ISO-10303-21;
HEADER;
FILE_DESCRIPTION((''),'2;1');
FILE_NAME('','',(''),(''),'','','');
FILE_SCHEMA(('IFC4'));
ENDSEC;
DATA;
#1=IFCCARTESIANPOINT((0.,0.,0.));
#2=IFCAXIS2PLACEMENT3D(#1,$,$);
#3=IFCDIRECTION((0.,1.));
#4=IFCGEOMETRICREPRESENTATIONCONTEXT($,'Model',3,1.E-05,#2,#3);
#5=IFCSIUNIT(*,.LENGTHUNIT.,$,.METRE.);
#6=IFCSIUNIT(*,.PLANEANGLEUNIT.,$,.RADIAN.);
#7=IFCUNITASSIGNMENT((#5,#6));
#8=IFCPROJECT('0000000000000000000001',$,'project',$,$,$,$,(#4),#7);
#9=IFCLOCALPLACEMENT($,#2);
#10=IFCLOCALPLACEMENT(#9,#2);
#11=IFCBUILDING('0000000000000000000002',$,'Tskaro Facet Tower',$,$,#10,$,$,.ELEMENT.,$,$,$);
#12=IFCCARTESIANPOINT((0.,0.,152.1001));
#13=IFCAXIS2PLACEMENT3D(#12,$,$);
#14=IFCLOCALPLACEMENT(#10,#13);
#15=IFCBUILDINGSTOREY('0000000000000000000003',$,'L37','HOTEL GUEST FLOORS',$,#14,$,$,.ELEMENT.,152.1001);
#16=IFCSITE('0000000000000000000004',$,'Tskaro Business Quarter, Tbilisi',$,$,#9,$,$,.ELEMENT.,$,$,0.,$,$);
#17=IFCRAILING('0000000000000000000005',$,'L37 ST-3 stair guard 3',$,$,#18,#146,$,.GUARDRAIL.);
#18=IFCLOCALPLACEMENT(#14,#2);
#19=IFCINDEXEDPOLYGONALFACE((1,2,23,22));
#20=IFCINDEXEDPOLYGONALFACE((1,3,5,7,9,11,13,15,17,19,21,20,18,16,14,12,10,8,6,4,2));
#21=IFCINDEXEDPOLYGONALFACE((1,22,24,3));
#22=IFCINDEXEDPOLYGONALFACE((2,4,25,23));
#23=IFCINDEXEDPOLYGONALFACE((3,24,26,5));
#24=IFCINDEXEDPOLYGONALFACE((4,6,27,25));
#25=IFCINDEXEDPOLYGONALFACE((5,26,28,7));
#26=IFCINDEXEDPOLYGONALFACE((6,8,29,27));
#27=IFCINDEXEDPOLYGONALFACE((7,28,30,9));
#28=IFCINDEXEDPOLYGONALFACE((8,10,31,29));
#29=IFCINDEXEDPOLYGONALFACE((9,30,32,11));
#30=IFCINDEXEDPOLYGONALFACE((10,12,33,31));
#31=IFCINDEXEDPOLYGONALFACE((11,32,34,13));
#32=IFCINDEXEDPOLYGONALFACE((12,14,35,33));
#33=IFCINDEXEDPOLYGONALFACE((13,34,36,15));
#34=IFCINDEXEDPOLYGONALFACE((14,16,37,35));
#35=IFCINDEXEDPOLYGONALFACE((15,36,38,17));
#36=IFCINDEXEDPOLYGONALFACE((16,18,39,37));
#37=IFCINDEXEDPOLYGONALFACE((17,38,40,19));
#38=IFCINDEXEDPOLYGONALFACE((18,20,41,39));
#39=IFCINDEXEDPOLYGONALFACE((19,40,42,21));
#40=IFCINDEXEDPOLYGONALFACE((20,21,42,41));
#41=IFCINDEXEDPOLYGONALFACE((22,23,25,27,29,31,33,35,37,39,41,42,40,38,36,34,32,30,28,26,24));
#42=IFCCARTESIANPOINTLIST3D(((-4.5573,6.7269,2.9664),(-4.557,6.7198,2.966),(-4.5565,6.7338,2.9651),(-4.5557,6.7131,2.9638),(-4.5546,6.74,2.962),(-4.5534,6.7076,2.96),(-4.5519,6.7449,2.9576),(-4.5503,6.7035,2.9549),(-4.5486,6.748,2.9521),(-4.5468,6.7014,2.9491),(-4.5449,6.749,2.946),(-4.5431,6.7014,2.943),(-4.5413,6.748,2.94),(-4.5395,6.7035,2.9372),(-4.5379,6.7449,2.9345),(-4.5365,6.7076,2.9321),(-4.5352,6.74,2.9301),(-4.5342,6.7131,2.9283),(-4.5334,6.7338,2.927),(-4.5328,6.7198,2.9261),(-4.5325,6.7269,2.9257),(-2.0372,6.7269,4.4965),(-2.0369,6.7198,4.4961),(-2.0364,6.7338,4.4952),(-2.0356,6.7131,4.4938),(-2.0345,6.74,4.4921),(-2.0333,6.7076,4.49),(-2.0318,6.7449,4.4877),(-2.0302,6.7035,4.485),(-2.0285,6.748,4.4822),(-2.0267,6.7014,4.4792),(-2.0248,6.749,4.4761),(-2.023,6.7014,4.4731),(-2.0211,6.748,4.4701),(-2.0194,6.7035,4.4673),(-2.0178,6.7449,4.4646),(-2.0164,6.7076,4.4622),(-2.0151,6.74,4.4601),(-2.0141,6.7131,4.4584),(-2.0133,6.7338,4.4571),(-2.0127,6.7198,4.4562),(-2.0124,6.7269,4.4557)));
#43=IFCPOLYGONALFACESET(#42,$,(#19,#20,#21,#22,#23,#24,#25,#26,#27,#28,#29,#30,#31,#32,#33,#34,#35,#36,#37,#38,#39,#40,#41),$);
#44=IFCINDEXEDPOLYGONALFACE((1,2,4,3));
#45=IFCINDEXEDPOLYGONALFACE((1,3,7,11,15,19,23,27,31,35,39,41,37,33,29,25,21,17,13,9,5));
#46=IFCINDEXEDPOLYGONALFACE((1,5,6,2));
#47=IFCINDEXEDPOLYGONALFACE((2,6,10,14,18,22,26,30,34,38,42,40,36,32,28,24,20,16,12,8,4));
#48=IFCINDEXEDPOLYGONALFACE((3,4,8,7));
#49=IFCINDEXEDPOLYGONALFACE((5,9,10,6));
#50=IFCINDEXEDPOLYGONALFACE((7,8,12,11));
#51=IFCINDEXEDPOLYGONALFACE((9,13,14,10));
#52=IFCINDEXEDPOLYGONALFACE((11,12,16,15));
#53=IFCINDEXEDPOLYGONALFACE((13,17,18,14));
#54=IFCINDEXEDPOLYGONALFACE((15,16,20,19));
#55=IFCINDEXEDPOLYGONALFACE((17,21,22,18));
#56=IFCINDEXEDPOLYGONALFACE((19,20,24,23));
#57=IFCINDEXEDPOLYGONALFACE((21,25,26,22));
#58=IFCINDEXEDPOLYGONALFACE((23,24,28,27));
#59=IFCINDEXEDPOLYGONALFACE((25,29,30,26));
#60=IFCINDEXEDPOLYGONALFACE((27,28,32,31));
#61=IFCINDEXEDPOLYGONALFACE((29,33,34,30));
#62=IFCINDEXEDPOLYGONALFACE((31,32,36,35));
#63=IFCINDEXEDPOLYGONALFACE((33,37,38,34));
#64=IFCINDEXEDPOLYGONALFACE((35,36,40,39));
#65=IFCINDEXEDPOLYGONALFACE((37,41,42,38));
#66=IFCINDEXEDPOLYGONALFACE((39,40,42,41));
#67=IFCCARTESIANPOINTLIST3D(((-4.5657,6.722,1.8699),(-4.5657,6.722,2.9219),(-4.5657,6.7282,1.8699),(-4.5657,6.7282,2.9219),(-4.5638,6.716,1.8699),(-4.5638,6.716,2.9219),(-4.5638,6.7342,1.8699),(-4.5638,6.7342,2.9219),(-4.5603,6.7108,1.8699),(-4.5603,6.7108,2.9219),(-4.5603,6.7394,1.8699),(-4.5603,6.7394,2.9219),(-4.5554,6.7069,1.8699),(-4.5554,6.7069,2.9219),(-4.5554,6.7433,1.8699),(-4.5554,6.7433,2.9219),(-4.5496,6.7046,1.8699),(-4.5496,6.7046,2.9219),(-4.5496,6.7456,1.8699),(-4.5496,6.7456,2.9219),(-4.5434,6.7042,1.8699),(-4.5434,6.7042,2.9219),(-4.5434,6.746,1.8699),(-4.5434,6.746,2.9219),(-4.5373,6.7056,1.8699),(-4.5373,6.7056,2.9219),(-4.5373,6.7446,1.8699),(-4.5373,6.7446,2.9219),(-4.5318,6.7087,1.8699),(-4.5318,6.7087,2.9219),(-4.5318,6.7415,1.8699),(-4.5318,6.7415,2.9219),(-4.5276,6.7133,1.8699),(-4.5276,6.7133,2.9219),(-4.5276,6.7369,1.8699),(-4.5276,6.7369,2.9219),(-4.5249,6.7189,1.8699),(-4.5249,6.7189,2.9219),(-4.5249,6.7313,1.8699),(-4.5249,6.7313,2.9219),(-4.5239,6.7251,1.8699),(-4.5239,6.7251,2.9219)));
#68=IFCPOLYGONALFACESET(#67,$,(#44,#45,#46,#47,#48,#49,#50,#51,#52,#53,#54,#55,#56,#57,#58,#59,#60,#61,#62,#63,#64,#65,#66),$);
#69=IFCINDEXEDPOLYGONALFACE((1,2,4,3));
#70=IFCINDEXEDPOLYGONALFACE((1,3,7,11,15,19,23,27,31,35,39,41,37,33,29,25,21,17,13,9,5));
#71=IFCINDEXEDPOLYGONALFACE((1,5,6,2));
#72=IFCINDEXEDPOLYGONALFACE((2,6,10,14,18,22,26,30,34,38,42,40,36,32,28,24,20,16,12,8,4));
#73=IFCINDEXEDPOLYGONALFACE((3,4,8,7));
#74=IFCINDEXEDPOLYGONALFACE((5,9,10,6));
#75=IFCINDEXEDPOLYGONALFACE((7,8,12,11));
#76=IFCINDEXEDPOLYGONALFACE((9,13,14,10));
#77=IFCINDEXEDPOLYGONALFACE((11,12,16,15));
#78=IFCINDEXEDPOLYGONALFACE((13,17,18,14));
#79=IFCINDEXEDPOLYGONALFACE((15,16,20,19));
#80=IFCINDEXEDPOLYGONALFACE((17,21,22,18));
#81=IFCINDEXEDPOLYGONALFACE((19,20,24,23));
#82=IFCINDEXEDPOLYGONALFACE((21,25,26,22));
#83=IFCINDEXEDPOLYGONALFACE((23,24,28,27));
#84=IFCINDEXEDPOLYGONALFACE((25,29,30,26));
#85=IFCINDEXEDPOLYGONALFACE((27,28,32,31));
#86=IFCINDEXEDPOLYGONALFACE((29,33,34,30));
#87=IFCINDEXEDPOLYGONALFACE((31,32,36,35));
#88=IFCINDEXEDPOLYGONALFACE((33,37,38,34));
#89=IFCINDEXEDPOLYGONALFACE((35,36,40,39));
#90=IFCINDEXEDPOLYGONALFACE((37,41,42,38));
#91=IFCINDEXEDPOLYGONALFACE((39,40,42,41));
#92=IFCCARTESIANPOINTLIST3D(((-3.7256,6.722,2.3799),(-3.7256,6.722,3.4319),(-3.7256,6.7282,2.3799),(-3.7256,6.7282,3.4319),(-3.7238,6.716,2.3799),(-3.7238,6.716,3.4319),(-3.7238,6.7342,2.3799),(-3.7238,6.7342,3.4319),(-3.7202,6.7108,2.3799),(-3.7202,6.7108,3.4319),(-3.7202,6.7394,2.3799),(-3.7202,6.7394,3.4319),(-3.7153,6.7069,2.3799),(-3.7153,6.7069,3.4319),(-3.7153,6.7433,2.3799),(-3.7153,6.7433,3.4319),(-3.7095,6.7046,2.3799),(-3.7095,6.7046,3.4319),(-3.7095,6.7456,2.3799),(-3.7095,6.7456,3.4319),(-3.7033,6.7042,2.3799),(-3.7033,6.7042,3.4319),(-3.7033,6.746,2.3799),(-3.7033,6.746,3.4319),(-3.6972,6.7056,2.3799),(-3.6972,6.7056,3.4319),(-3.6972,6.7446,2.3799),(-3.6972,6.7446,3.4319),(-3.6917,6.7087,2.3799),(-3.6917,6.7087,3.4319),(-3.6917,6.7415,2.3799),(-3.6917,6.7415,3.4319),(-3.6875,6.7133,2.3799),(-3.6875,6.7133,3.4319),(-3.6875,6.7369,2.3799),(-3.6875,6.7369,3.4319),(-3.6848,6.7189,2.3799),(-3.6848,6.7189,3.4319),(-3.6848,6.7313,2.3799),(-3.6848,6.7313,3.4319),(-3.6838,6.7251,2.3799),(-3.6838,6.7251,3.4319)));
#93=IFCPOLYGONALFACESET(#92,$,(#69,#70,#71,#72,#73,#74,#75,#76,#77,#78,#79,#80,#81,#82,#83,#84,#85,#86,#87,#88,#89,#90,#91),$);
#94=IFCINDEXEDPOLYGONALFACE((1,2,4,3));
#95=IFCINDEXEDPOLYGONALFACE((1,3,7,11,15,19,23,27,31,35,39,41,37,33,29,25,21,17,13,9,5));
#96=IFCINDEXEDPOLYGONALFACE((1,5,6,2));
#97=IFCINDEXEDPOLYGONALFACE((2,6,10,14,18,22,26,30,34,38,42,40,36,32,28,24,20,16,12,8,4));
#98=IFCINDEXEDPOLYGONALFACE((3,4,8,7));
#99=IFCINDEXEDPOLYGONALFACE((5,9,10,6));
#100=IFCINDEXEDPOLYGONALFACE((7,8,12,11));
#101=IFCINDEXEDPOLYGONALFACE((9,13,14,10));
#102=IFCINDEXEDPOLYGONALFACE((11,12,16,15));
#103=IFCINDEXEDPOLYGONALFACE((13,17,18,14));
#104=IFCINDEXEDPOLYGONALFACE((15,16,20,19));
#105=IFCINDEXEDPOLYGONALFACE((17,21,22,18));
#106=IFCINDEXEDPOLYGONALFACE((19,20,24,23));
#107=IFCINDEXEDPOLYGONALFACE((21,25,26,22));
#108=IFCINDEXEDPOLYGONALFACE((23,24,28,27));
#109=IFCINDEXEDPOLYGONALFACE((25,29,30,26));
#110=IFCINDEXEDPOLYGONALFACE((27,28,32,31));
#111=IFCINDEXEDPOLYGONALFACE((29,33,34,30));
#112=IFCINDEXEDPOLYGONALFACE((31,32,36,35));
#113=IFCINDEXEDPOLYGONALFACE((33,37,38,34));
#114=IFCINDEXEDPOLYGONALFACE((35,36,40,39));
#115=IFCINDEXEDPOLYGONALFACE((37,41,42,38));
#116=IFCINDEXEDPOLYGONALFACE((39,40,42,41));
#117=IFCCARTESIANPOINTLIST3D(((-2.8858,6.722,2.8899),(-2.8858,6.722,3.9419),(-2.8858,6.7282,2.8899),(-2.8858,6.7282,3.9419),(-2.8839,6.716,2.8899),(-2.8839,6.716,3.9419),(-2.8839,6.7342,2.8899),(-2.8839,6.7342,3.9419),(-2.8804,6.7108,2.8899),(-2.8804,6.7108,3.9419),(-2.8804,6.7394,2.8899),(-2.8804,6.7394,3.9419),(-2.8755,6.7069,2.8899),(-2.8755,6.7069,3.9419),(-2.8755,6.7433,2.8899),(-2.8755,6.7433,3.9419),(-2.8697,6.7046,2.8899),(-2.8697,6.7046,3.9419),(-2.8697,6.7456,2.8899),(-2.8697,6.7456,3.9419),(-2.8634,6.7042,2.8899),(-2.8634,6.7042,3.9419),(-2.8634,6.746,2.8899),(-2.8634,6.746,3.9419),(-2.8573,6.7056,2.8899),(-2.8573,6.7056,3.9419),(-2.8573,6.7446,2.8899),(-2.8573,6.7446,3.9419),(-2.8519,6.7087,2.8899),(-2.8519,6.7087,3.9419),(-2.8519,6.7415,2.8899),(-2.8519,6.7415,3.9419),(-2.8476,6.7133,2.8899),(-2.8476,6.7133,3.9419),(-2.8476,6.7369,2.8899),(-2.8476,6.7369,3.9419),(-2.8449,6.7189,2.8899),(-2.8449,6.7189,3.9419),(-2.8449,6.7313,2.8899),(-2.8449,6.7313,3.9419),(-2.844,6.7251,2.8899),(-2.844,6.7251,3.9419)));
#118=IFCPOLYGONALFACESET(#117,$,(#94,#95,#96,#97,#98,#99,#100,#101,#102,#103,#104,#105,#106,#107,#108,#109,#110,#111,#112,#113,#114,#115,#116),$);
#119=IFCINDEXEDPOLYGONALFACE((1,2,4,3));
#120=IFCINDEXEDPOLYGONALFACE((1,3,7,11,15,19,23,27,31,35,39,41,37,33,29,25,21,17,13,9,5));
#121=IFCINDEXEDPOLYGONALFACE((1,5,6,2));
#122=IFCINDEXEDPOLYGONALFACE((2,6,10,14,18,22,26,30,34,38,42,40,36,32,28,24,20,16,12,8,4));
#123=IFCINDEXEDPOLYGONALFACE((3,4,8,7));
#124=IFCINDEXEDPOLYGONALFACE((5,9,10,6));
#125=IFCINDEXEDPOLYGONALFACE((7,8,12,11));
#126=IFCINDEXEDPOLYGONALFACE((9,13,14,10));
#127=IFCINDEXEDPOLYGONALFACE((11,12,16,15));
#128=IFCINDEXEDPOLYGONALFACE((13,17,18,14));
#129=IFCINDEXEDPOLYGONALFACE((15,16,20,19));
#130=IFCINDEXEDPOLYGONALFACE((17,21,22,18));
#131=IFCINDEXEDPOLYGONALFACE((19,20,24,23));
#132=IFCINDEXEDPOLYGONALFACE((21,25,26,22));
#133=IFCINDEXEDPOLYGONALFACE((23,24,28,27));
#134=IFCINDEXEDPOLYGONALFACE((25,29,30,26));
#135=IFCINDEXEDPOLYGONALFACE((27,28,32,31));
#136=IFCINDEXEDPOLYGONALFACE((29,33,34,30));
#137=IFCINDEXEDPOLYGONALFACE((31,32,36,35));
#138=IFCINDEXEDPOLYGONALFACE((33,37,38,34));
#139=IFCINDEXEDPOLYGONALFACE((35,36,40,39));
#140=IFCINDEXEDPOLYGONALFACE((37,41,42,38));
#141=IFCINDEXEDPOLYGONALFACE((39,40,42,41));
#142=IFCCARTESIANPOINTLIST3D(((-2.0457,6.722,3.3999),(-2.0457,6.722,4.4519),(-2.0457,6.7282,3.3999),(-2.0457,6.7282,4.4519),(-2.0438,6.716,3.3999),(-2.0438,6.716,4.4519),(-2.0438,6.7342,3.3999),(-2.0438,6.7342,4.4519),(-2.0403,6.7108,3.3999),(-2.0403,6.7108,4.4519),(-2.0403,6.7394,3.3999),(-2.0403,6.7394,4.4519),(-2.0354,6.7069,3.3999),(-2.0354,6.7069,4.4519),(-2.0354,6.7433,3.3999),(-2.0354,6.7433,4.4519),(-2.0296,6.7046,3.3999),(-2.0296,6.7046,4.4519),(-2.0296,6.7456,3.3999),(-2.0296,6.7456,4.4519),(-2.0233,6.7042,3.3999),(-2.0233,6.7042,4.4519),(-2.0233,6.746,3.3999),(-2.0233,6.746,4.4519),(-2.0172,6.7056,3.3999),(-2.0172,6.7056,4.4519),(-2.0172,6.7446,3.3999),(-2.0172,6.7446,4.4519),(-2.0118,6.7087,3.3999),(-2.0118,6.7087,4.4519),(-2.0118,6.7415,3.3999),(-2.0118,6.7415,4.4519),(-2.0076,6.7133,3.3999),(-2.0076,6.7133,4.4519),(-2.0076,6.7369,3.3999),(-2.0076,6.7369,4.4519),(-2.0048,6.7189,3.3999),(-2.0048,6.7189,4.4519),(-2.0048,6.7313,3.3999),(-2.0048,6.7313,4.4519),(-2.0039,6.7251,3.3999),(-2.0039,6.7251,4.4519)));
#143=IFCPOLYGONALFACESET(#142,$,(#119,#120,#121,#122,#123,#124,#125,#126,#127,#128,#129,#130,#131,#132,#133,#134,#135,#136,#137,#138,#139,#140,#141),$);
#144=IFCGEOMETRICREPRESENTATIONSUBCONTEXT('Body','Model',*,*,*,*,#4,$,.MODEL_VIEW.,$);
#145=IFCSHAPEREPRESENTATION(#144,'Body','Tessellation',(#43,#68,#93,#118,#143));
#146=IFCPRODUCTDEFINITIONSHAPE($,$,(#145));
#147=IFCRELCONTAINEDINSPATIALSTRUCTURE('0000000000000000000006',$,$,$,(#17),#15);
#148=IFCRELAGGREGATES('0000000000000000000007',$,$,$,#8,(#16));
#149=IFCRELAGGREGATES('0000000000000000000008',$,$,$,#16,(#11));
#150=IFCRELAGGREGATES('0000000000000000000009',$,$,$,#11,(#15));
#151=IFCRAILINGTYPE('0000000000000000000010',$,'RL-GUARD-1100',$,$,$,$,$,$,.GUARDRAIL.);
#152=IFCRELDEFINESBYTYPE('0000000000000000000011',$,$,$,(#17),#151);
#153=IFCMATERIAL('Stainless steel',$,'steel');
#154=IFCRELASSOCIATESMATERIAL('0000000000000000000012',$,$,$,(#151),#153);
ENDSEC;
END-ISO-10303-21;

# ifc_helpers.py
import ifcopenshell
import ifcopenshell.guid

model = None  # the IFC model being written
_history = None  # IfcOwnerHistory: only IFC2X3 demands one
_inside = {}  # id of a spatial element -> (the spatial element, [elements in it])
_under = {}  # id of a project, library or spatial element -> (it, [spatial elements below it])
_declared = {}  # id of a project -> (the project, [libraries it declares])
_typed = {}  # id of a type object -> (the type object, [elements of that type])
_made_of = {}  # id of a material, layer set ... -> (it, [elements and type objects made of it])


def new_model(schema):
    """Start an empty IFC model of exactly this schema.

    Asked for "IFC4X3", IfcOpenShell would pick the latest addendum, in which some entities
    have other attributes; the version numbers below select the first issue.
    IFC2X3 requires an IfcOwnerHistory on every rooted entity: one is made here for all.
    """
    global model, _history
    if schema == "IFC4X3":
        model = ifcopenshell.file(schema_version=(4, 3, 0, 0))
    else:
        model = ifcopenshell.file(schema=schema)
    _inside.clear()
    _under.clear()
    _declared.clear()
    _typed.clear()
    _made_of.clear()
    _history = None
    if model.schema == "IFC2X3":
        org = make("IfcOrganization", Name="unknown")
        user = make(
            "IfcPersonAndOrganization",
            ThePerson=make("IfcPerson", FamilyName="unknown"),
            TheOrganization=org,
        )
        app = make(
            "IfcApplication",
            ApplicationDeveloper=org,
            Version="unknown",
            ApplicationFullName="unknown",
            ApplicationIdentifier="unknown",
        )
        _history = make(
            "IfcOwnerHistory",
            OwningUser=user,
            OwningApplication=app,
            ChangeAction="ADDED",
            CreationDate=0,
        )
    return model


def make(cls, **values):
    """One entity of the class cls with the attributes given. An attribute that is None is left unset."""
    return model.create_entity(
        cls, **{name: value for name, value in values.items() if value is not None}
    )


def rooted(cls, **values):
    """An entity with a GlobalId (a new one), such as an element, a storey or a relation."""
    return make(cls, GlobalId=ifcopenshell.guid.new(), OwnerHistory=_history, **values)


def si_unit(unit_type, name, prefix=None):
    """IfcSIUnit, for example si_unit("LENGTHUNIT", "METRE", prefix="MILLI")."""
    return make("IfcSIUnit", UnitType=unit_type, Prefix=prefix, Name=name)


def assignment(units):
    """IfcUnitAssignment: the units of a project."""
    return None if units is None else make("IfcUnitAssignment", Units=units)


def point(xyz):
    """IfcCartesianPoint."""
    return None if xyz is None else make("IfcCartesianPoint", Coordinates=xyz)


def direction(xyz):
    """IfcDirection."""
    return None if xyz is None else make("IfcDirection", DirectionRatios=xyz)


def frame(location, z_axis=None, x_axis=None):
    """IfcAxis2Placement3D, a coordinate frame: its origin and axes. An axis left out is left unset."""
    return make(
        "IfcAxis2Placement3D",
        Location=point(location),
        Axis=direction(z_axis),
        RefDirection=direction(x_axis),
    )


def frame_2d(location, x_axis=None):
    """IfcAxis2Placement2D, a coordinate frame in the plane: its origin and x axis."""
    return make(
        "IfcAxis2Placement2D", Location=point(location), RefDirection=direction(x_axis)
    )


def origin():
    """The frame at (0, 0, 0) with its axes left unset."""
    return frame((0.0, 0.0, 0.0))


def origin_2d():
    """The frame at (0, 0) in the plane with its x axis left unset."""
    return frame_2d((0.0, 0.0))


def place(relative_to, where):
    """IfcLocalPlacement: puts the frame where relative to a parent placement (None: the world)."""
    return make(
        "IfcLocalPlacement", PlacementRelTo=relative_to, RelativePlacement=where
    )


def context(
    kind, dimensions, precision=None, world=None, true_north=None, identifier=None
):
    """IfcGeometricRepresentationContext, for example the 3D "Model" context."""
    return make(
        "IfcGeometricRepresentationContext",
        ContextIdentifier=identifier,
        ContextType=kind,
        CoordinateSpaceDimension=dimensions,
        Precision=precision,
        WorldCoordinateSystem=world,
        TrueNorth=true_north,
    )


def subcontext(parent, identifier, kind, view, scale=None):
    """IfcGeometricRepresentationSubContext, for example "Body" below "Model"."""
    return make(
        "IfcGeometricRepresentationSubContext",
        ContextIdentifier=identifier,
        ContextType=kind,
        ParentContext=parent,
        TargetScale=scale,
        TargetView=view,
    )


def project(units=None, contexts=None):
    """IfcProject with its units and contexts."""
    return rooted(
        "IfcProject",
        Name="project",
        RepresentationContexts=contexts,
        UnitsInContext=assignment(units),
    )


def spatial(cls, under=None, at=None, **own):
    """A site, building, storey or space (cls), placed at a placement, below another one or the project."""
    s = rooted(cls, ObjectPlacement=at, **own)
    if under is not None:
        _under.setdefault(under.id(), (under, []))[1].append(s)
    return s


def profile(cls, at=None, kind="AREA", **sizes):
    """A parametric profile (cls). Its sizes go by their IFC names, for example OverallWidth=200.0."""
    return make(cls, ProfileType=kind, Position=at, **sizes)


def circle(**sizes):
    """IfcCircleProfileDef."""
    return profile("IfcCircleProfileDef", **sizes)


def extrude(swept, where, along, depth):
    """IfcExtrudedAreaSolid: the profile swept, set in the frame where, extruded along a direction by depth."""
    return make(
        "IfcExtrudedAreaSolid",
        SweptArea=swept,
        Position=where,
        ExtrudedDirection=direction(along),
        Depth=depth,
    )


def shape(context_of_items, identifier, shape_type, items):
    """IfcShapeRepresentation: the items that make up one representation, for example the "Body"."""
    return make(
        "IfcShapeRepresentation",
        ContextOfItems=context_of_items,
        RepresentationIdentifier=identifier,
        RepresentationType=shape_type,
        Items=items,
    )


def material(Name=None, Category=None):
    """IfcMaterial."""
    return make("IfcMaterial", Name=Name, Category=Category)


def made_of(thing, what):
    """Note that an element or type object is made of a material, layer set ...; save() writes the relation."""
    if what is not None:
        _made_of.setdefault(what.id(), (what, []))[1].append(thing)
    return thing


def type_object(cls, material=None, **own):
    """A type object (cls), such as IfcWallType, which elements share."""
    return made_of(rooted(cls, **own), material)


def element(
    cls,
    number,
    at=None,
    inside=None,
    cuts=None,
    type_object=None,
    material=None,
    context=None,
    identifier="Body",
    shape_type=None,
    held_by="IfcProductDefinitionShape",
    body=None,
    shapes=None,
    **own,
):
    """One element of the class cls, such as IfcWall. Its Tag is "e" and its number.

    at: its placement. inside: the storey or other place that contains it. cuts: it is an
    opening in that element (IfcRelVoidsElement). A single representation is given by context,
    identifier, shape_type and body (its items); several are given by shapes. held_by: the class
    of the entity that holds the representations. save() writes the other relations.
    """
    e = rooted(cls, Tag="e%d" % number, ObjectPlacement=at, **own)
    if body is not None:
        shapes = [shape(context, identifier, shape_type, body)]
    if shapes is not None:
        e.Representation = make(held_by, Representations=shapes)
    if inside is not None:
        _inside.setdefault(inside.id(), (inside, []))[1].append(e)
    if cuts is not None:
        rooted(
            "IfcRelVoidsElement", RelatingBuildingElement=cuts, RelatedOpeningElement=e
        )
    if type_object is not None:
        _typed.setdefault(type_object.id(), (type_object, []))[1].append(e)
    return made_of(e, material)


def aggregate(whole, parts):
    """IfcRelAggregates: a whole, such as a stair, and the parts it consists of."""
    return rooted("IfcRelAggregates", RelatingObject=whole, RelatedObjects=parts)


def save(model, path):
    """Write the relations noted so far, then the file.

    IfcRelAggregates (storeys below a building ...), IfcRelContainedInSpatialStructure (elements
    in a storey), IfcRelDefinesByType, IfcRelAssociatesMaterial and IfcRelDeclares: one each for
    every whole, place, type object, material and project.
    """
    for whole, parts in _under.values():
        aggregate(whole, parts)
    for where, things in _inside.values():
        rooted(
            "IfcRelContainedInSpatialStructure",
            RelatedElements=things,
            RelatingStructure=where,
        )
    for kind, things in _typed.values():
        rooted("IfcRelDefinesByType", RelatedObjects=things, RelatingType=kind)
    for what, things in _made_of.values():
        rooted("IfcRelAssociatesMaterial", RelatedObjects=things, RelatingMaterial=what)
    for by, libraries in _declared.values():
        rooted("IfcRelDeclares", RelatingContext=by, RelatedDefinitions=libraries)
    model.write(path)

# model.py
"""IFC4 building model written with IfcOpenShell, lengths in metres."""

from ifc_helpers import new_model, si_unit, direction, frame, origin, origin_2d, place, context, subcontext, project, spatial, circle, extrude, material, type_object, element, save


model = new_model("IFC4")

# Units and contexts
model_context = context("Model", 3, precision=1e-05, world=origin(), true_north=direction((0.0, 1.0)))
body_context = subcontext(model_context, "Body", "Model", "MODEL_VIEW")
ifc_project = project(units=[si_unit("LENGTHUNIT", "METRE"), si_unit("PLANEANGLEUNIT", "RADIAN")], contexts=[model_context])

# Site, building, storey
site_placement = place(None, origin())
site = spatial("IfcSite", under=ifc_project, at=site_placement, Name="Tskaro Business Quarter, Tbilisi", CompositionType="ELEMENT", RefElevation=0.0)
building_placement = place(site_placement, origin())
building = spatial("IfcBuilding", under=site, at=building_placement, Name="Tskaro Facet Tower", CompositionType="ELEMENT")
storey_placement = place(building_placement, frame((0.0, 0.0, 152.1001)))
storey = spatial("IfcBuildingStorey", under=building, at=storey_placement, Name="L37", Description="HOTEL GUEST FLOORS", CompositionType="ELEMENT", Elevation=152.1001)

# Railing
ifc_material_1 = material(Name="Stainless steel", Category="steel")
railing_type_1 = type_object("IfcRailingType", Name="RL-GUARD-1100", PredefinedType="GUARDRAIL", material=ifc_material_1)
railing_1_placement = place(storey_placement, frame((-4.5449, 6.7251, 1.8699)))
element("IfcRailing", 1, at=railing_1_placement, inside=storey, type_object=railing_type_1, Name="L37 ST-3 stair guard 3", PredefinedType="GUARDRAIL", context=body_context, shape_type="SweptSolid", body=[
    extrude(circle(Radius=0.0239, at=origin_2d()), frame((0.0, 0.0, 1.0762), z_axis=(0.854785, 0.0, 0.518982), x_axis=(0.0, 1.0, 0.0)), (0.0, 0.0, 1.0), 2.9482),
    extrude(circle(Radius=0.021, at=origin_2d()), origin(), (0.0, 0.0, 1.0), 1.052),
    extrude(circle(Radius=0.021, at=origin_2d()), frame((0.8401, 0.0, 0.51)), (0.0, 0.0, 1.0), 1.052),
    extrude(circle(Radius=0.021, at=origin_2d()), frame((1.6799, 0.0, 1.02)), (0.0, 0.0, 1.0), 1.052),
    extrude(circle(Radius=0.021, at=origin_2d()), frame((2.52, 0.0, 1.53)), (0.0, 0.0, 1.0), 1.052),
])

save(model, "model.ifc")
